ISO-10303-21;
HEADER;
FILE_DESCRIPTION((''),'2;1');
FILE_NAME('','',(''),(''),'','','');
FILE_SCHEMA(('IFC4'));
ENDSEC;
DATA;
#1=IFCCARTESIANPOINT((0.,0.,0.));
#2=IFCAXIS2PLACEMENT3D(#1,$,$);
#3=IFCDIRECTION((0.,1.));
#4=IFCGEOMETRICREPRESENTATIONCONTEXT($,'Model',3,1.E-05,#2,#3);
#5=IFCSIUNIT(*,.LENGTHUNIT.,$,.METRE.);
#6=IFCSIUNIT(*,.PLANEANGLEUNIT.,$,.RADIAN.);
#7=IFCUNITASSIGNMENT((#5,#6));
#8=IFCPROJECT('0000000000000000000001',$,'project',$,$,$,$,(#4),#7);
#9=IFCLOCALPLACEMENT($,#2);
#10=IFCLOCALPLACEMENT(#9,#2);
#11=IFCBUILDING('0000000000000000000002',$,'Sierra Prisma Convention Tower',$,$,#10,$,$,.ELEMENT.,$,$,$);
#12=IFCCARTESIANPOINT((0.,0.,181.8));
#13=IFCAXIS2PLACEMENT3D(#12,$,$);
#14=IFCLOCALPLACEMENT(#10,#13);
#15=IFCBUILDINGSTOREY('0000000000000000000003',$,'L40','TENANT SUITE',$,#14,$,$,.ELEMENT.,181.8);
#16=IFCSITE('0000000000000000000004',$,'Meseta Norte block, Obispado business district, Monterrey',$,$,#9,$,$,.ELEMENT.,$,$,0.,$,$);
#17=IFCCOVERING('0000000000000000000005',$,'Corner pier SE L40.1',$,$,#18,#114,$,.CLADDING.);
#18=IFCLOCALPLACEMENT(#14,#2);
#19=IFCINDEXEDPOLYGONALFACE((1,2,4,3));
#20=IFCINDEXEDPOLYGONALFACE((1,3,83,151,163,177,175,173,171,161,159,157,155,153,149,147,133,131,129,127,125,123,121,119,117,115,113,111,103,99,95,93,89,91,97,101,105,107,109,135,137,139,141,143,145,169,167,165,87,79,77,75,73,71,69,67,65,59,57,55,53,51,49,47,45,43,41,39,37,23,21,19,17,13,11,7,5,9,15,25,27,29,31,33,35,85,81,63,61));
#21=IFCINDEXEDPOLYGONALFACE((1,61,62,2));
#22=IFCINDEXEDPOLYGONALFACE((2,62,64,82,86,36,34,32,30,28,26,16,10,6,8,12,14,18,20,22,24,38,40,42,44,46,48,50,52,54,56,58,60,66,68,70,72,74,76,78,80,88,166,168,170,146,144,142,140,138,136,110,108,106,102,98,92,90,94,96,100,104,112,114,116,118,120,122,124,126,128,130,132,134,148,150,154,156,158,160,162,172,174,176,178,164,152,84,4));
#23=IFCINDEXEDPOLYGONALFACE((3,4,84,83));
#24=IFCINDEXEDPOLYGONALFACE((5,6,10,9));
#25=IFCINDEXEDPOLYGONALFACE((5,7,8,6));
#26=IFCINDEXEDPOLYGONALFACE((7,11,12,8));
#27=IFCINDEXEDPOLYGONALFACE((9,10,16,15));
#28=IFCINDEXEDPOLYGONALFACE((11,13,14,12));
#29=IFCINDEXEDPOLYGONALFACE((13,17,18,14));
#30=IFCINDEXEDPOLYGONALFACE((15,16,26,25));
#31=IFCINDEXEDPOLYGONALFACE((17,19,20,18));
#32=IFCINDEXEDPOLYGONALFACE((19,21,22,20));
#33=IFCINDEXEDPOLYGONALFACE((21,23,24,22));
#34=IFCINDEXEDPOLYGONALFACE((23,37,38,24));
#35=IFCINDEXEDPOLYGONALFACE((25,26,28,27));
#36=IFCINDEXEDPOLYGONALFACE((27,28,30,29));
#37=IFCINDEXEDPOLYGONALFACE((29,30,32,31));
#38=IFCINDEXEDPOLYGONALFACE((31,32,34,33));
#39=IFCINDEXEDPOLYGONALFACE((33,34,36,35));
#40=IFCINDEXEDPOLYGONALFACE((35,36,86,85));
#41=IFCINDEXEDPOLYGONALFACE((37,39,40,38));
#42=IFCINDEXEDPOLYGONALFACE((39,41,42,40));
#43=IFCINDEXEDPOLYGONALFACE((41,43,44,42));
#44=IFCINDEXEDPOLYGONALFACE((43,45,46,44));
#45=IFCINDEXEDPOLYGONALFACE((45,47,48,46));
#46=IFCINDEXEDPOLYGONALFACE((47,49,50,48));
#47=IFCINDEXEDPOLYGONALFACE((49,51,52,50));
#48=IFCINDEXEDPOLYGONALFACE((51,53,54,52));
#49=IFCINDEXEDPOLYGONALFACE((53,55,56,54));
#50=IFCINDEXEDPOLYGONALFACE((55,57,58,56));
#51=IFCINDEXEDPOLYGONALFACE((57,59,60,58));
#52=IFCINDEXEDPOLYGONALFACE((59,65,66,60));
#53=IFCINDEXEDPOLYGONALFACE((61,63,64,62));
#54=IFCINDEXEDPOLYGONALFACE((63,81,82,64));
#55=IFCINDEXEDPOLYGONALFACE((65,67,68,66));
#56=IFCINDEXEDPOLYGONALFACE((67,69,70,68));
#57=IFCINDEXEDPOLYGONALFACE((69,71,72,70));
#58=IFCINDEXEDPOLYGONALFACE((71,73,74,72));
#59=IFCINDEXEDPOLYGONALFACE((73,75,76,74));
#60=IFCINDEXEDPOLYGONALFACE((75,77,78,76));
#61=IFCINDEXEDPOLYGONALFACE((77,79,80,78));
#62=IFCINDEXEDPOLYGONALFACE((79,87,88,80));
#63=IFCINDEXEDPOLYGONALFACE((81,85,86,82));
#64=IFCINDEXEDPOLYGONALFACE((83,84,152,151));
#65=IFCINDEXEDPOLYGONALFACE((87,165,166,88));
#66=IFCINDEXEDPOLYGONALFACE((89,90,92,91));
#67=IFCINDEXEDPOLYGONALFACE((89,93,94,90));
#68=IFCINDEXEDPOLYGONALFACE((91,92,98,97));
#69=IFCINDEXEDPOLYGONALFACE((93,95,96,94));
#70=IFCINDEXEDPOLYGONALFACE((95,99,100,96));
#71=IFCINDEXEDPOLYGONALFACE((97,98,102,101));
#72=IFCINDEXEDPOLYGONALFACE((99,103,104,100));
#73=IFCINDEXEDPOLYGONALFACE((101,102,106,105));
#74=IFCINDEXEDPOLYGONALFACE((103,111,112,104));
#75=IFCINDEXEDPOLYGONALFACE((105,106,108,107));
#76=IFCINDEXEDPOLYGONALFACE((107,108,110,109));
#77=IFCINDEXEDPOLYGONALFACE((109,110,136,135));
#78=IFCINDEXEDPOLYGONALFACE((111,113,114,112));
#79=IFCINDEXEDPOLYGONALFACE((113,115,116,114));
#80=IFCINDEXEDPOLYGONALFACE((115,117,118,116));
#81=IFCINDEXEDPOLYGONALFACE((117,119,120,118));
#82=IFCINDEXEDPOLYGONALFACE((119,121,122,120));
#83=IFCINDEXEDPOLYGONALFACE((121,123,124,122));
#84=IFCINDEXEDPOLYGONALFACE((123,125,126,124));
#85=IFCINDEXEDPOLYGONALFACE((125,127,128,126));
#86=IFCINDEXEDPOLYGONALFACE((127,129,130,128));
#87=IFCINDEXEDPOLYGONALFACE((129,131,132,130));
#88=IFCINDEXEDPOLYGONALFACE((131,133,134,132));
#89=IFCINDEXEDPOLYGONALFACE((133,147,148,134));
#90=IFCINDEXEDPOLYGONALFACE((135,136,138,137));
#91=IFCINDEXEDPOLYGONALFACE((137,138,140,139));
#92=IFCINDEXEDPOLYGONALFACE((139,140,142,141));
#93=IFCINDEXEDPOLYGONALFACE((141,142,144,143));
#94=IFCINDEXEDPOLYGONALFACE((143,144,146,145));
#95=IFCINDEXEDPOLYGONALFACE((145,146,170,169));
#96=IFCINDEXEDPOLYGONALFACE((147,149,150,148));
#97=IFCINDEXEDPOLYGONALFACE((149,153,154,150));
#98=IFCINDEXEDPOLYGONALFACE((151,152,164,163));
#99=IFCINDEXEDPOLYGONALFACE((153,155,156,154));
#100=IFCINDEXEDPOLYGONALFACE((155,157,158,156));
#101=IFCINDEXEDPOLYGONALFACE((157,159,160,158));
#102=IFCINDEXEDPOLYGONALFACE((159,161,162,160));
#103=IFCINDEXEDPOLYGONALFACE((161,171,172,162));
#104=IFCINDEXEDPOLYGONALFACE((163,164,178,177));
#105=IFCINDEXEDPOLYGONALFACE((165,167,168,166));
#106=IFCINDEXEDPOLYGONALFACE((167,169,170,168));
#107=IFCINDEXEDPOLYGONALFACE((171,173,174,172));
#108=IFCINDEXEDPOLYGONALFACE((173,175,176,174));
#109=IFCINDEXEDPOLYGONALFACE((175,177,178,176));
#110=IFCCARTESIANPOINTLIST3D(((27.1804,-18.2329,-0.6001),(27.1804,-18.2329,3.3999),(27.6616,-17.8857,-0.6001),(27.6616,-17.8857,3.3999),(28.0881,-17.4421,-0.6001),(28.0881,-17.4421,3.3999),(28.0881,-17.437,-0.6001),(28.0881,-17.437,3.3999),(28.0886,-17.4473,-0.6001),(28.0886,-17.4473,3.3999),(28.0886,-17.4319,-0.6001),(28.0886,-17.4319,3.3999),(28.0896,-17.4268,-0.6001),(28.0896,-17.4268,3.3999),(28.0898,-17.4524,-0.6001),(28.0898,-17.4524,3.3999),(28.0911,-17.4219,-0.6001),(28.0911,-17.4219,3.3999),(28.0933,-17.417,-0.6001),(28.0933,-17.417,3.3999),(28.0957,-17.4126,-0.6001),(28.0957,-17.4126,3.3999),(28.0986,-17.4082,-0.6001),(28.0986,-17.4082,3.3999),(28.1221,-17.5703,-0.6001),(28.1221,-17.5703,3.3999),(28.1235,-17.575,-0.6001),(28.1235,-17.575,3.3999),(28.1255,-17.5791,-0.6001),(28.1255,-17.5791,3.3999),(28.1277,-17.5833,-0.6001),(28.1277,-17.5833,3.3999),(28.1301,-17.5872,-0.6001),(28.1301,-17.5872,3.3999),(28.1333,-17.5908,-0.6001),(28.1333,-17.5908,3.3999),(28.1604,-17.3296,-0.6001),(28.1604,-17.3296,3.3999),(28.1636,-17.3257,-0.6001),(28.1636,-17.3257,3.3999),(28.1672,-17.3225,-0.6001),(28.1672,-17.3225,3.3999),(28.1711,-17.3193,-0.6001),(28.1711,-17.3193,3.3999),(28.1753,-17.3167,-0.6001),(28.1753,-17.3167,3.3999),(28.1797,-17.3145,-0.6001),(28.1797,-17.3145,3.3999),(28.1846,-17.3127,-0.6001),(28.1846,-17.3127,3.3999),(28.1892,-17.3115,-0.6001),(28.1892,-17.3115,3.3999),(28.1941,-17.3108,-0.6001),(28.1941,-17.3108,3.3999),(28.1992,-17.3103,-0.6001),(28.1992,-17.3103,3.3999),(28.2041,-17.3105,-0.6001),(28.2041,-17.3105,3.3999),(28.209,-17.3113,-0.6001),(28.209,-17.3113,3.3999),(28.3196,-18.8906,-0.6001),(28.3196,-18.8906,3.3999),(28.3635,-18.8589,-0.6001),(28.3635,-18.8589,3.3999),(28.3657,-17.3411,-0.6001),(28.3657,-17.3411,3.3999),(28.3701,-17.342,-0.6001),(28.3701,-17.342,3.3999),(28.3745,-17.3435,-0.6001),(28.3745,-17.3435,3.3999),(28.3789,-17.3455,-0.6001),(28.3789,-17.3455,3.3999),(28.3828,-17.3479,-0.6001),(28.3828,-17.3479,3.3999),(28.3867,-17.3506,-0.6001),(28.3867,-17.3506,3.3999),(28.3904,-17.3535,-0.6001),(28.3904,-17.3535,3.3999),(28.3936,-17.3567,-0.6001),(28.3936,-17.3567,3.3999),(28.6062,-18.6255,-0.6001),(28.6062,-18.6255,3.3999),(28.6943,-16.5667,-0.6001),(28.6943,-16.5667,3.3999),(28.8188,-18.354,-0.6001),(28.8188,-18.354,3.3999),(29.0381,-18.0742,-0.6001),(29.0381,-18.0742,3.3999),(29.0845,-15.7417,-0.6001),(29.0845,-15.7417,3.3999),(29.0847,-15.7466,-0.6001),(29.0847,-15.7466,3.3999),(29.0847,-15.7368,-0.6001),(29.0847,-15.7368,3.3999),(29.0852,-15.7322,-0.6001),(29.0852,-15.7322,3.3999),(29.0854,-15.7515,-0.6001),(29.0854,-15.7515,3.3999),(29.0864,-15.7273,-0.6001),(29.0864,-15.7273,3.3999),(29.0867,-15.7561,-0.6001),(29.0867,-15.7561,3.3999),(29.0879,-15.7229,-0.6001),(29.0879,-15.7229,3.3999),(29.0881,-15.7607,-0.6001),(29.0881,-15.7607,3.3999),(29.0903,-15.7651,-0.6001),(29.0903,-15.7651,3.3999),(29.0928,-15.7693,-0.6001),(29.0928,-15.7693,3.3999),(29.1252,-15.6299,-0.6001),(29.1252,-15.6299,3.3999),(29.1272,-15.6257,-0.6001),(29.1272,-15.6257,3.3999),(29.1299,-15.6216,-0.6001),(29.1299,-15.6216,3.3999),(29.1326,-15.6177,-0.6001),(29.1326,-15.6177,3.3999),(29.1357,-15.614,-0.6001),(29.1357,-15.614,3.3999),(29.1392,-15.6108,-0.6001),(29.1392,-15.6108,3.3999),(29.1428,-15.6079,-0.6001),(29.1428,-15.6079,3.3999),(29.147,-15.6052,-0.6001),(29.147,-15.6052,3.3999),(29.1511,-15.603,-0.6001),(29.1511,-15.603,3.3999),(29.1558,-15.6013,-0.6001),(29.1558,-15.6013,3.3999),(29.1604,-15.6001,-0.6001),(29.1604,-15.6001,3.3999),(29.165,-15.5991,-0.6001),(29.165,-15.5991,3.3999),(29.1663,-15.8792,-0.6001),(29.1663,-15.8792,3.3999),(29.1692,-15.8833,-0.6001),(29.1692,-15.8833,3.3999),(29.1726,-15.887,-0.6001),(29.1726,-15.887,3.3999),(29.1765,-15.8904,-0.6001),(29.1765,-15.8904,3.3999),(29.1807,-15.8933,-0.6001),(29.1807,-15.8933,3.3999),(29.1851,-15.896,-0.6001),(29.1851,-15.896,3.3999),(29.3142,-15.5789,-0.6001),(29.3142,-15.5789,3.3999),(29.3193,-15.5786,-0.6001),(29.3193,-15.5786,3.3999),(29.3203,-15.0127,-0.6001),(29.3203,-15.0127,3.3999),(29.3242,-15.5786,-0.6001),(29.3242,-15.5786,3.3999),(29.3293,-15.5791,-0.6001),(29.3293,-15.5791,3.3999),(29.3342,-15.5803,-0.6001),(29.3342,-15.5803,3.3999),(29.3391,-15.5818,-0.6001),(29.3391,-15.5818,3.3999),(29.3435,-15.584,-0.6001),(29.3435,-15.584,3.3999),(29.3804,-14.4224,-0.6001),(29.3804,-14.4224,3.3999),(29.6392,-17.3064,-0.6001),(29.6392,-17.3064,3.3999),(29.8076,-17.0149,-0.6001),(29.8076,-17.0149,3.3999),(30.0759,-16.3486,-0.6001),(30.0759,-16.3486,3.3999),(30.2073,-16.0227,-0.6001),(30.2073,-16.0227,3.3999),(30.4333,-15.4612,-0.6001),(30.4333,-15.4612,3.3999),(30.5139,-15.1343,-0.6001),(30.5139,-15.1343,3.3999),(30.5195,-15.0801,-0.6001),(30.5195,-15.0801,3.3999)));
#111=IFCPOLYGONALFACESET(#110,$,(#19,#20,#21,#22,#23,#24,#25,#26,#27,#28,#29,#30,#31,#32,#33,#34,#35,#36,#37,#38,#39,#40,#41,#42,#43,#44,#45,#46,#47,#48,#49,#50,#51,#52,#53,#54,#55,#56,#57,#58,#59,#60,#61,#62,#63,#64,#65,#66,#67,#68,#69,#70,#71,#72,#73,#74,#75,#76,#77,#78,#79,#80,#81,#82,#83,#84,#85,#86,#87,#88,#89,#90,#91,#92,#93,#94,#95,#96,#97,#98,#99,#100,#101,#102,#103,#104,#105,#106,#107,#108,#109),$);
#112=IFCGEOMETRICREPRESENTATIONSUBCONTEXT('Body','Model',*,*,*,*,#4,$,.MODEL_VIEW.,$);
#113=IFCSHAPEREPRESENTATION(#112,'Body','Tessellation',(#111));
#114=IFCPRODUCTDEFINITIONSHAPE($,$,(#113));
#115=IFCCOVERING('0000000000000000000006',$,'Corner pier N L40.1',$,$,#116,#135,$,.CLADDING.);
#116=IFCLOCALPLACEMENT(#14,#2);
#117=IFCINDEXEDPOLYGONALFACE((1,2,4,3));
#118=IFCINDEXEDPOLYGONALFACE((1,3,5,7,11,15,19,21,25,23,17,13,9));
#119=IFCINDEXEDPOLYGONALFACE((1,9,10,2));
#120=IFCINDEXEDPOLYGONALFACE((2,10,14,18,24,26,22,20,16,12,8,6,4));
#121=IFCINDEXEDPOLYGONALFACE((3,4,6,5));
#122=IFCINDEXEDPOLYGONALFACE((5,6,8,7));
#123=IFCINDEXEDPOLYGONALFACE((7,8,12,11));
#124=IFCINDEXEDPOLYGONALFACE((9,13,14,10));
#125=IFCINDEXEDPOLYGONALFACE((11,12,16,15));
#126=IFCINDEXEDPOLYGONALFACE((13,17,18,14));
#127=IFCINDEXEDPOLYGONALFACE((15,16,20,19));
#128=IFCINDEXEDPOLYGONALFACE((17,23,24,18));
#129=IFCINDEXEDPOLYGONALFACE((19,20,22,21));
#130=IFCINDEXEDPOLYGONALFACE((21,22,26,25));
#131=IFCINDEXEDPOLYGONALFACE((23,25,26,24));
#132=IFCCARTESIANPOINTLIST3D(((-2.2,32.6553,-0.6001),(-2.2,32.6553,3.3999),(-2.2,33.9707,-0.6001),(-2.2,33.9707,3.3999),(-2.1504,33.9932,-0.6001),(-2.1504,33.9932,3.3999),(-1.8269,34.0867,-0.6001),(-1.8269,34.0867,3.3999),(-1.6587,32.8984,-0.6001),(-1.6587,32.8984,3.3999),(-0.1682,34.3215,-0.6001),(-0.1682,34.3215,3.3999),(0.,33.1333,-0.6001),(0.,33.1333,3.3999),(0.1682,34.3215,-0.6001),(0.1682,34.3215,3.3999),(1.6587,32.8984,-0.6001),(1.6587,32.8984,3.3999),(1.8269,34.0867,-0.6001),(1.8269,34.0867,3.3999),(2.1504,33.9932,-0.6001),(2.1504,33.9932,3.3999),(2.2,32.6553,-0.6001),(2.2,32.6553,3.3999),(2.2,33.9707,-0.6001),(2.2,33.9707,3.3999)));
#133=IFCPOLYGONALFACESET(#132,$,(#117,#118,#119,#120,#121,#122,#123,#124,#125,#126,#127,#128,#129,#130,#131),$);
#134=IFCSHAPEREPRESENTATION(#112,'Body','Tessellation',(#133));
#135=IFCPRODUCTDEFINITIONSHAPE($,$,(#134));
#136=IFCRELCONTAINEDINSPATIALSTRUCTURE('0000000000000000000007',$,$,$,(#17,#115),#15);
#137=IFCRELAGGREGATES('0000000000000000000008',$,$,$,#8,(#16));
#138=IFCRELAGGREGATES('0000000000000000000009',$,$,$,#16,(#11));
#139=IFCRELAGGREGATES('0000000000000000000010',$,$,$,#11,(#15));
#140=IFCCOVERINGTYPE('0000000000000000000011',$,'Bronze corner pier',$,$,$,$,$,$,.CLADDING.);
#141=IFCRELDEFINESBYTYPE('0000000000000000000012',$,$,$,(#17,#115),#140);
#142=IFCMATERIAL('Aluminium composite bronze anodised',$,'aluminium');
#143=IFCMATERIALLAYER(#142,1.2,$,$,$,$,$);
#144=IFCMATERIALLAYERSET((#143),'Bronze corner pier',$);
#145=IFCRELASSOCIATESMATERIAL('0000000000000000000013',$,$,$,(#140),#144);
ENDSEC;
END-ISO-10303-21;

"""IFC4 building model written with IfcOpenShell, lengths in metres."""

from ifc_helpers import new_model, si_unit, direction, frame, origin, place, context, subcontext, project, spatial, polyline, outline, extrude, material, layer, layer_set, type_object, element, save


model = new_model("IFC4")

# Units and contexts
model_context = context("Model", 3, precision=1e-05, world=origin(), true_north=direction((0.0, 1.0)))
body_context = subcontext(model_context, "Body", "Model", "MODEL_VIEW")
ifc_project = project(units=[si_unit("LENGTHUNIT", "METRE"), si_unit("PLANEANGLEUNIT", "RADIAN")], contexts=[model_context])

# Site, building, storey
site_placement = place(None, origin())
site = spatial("IfcSite", under=ifc_project, at=site_placement, Name="Meseta Norte block, Obispado business district, Monterrey", CompositionType="ELEMENT", RefElevation=0.0)
building_placement = place(site_placement, origin())
building = spatial("IfcBuilding", under=site, at=building_placement, Name="Sierra Prisma Convention Tower", CompositionType="ELEMENT")
storey_placement = place(building_placement, frame((0.0, 0.0, 181.8)))
storey = spatial("IfcBuildingStorey", under=building, at=storey_placement, Name="L40", Description="TENANT SUITE", CompositionType="ELEMENT", Elevation=181.8)

# Coverings
ifc_material_1 = material(Name="Aluminium composite bronze anodised", Category="aluminium")
ifc_layer_1 = layer(ifc_material_1, 1.2)
ifc_layer_set_1 = layer_set([ifc_layer_1], Name="Bronze corner pier")
covering_type_1 = type_object("IfcCoveringType", Name="Bronze corner pier", PredefinedType="CLADDING", material=ifc_layer_set_1)
covering_1_placement = place(storey_placement, frame((0.0, 0.0, -0.6001)))
element("IfcCovering", 1, at=covering_1_placement, inside=storey, type_object=covering_type_1, Name="Corner pier SE L40.1", PredefinedType="CLADDING", context=body_context, shape_type="SweptSolid", body=[
    extrude(outline(polyline([(29.3391, -15.5818), (29.3342, -15.5803), (29.3293, -15.5791), (29.3242, -15.5786), (29.3193, -15.5786), (29.3142, -15.5789), (29.165, -15.5991), (29.1604, -15.6001), (29.1558, -15.6013), (29.1511, -15.603), (29.147, -15.6052), (29.1428, -15.6079), (29.1392, -15.6108), (29.1357, -15.614), (29.1326, -15.6177), (29.1299, -15.6216), (29.1272, -15.6257), (29.1252, -15.6299), (29.0879, -15.7229), (29.0864, -15.7273), (29.0852, -15.7322), (29.0847, -15.7368), (29.0845, -15.7417), (29.0847, -15.7466), (29.0854, -15.7515), (29.0867, -15.7561), (29.0881, -15.7607), (29.0903, -15.7651), (29.0928, -15.7693), (29.1663, -15.8792), (29.1692, -15.8833), (29.1726, -15.887), (29.1765, -15.8904), (29.1807, -15.8933), (29.1851, -15.896), (30.0759, -16.3486), (29.8076, -17.0149), (29.6392, -17.3064), (29.0381, -18.0742), (28.3936, -17.3567), (28.3904, -17.3535), (28.3867, -17.3506), (28.3828, -17.3479), (28.3789, -17.3455), (28.3745, -17.3435), (28.3701, -17.342), (28.3657, -17.3411), (28.209, -17.3113), (28.2041, -17.3105), (28.1992, -17.3103), (28.1941, -17.3108), (28.1892, -17.3115), (28.1846, -17.3127), (28.1797, -17.3145), (28.1753, -17.3167), (28.1711, -17.3193), (28.1672, -17.3225), (28.1636, -17.3257), (28.1604, -17.3296), (28.0986, -17.4082), (28.0957, -17.4126), (28.0933, -17.417), (28.0911, -17.4219), (28.0896, -17.4268), (28.0886, -17.4319), (28.0881, -17.437), (28.0881, -17.4421), (28.0886, -17.4473), (28.0898, -17.4524), (28.1221, -17.5703), (28.1235, -17.575), (28.1255, -17.5791), (28.1277, -17.5833), (28.1301, -17.5872), (28.1333, -17.5908), (28.8188, -18.354), (28.6062, -18.6255), (28.3635, -18.8589), (28.3196, -18.8906), (27.1804, -18.2329), (27.6616, -17.8857), (28.6943, -16.5667), (29.3203, -15.0127), (29.3804, -14.4224), (30.5195, -15.0801), (30.5139, -15.1343), (30.4333, -15.4612), (30.2073, -16.0227), (29.3435, -15.584), (29.3391, -15.5818)])), origin(), (0.0, 0.0, 1.0), 4.0),
])
covering_2_placement = place(storey_placement, frame((0.0, 0.0, -0.6001)))
element("IfcCovering", 2, at=covering_2_placement, inside=storey, type_object=covering_type_1, Name="Corner pier N L40.1", PredefinedType="CLADDING", context=body_context, shape_type="SweptSolid", body=[
    extrude(outline(polyline([(1.8269, 34.0867), (2.1504, 33.9932), (2.2, 33.9707), (2.2, 32.6553), (1.6587, 32.8984), (0.0, 33.1333), (-1.6587, 32.8984), (-2.2, 32.6553), (-2.2, 33.9707), (-2.1504, 33.9932), (-1.8269, 34.0867), (-0.1682, 34.3215), (0.1682, 34.3215), (1.8269, 34.0867)])), origin(), (0.0, 0.0, 1.0), 4.0),
])

save(model, "model.ifc")
